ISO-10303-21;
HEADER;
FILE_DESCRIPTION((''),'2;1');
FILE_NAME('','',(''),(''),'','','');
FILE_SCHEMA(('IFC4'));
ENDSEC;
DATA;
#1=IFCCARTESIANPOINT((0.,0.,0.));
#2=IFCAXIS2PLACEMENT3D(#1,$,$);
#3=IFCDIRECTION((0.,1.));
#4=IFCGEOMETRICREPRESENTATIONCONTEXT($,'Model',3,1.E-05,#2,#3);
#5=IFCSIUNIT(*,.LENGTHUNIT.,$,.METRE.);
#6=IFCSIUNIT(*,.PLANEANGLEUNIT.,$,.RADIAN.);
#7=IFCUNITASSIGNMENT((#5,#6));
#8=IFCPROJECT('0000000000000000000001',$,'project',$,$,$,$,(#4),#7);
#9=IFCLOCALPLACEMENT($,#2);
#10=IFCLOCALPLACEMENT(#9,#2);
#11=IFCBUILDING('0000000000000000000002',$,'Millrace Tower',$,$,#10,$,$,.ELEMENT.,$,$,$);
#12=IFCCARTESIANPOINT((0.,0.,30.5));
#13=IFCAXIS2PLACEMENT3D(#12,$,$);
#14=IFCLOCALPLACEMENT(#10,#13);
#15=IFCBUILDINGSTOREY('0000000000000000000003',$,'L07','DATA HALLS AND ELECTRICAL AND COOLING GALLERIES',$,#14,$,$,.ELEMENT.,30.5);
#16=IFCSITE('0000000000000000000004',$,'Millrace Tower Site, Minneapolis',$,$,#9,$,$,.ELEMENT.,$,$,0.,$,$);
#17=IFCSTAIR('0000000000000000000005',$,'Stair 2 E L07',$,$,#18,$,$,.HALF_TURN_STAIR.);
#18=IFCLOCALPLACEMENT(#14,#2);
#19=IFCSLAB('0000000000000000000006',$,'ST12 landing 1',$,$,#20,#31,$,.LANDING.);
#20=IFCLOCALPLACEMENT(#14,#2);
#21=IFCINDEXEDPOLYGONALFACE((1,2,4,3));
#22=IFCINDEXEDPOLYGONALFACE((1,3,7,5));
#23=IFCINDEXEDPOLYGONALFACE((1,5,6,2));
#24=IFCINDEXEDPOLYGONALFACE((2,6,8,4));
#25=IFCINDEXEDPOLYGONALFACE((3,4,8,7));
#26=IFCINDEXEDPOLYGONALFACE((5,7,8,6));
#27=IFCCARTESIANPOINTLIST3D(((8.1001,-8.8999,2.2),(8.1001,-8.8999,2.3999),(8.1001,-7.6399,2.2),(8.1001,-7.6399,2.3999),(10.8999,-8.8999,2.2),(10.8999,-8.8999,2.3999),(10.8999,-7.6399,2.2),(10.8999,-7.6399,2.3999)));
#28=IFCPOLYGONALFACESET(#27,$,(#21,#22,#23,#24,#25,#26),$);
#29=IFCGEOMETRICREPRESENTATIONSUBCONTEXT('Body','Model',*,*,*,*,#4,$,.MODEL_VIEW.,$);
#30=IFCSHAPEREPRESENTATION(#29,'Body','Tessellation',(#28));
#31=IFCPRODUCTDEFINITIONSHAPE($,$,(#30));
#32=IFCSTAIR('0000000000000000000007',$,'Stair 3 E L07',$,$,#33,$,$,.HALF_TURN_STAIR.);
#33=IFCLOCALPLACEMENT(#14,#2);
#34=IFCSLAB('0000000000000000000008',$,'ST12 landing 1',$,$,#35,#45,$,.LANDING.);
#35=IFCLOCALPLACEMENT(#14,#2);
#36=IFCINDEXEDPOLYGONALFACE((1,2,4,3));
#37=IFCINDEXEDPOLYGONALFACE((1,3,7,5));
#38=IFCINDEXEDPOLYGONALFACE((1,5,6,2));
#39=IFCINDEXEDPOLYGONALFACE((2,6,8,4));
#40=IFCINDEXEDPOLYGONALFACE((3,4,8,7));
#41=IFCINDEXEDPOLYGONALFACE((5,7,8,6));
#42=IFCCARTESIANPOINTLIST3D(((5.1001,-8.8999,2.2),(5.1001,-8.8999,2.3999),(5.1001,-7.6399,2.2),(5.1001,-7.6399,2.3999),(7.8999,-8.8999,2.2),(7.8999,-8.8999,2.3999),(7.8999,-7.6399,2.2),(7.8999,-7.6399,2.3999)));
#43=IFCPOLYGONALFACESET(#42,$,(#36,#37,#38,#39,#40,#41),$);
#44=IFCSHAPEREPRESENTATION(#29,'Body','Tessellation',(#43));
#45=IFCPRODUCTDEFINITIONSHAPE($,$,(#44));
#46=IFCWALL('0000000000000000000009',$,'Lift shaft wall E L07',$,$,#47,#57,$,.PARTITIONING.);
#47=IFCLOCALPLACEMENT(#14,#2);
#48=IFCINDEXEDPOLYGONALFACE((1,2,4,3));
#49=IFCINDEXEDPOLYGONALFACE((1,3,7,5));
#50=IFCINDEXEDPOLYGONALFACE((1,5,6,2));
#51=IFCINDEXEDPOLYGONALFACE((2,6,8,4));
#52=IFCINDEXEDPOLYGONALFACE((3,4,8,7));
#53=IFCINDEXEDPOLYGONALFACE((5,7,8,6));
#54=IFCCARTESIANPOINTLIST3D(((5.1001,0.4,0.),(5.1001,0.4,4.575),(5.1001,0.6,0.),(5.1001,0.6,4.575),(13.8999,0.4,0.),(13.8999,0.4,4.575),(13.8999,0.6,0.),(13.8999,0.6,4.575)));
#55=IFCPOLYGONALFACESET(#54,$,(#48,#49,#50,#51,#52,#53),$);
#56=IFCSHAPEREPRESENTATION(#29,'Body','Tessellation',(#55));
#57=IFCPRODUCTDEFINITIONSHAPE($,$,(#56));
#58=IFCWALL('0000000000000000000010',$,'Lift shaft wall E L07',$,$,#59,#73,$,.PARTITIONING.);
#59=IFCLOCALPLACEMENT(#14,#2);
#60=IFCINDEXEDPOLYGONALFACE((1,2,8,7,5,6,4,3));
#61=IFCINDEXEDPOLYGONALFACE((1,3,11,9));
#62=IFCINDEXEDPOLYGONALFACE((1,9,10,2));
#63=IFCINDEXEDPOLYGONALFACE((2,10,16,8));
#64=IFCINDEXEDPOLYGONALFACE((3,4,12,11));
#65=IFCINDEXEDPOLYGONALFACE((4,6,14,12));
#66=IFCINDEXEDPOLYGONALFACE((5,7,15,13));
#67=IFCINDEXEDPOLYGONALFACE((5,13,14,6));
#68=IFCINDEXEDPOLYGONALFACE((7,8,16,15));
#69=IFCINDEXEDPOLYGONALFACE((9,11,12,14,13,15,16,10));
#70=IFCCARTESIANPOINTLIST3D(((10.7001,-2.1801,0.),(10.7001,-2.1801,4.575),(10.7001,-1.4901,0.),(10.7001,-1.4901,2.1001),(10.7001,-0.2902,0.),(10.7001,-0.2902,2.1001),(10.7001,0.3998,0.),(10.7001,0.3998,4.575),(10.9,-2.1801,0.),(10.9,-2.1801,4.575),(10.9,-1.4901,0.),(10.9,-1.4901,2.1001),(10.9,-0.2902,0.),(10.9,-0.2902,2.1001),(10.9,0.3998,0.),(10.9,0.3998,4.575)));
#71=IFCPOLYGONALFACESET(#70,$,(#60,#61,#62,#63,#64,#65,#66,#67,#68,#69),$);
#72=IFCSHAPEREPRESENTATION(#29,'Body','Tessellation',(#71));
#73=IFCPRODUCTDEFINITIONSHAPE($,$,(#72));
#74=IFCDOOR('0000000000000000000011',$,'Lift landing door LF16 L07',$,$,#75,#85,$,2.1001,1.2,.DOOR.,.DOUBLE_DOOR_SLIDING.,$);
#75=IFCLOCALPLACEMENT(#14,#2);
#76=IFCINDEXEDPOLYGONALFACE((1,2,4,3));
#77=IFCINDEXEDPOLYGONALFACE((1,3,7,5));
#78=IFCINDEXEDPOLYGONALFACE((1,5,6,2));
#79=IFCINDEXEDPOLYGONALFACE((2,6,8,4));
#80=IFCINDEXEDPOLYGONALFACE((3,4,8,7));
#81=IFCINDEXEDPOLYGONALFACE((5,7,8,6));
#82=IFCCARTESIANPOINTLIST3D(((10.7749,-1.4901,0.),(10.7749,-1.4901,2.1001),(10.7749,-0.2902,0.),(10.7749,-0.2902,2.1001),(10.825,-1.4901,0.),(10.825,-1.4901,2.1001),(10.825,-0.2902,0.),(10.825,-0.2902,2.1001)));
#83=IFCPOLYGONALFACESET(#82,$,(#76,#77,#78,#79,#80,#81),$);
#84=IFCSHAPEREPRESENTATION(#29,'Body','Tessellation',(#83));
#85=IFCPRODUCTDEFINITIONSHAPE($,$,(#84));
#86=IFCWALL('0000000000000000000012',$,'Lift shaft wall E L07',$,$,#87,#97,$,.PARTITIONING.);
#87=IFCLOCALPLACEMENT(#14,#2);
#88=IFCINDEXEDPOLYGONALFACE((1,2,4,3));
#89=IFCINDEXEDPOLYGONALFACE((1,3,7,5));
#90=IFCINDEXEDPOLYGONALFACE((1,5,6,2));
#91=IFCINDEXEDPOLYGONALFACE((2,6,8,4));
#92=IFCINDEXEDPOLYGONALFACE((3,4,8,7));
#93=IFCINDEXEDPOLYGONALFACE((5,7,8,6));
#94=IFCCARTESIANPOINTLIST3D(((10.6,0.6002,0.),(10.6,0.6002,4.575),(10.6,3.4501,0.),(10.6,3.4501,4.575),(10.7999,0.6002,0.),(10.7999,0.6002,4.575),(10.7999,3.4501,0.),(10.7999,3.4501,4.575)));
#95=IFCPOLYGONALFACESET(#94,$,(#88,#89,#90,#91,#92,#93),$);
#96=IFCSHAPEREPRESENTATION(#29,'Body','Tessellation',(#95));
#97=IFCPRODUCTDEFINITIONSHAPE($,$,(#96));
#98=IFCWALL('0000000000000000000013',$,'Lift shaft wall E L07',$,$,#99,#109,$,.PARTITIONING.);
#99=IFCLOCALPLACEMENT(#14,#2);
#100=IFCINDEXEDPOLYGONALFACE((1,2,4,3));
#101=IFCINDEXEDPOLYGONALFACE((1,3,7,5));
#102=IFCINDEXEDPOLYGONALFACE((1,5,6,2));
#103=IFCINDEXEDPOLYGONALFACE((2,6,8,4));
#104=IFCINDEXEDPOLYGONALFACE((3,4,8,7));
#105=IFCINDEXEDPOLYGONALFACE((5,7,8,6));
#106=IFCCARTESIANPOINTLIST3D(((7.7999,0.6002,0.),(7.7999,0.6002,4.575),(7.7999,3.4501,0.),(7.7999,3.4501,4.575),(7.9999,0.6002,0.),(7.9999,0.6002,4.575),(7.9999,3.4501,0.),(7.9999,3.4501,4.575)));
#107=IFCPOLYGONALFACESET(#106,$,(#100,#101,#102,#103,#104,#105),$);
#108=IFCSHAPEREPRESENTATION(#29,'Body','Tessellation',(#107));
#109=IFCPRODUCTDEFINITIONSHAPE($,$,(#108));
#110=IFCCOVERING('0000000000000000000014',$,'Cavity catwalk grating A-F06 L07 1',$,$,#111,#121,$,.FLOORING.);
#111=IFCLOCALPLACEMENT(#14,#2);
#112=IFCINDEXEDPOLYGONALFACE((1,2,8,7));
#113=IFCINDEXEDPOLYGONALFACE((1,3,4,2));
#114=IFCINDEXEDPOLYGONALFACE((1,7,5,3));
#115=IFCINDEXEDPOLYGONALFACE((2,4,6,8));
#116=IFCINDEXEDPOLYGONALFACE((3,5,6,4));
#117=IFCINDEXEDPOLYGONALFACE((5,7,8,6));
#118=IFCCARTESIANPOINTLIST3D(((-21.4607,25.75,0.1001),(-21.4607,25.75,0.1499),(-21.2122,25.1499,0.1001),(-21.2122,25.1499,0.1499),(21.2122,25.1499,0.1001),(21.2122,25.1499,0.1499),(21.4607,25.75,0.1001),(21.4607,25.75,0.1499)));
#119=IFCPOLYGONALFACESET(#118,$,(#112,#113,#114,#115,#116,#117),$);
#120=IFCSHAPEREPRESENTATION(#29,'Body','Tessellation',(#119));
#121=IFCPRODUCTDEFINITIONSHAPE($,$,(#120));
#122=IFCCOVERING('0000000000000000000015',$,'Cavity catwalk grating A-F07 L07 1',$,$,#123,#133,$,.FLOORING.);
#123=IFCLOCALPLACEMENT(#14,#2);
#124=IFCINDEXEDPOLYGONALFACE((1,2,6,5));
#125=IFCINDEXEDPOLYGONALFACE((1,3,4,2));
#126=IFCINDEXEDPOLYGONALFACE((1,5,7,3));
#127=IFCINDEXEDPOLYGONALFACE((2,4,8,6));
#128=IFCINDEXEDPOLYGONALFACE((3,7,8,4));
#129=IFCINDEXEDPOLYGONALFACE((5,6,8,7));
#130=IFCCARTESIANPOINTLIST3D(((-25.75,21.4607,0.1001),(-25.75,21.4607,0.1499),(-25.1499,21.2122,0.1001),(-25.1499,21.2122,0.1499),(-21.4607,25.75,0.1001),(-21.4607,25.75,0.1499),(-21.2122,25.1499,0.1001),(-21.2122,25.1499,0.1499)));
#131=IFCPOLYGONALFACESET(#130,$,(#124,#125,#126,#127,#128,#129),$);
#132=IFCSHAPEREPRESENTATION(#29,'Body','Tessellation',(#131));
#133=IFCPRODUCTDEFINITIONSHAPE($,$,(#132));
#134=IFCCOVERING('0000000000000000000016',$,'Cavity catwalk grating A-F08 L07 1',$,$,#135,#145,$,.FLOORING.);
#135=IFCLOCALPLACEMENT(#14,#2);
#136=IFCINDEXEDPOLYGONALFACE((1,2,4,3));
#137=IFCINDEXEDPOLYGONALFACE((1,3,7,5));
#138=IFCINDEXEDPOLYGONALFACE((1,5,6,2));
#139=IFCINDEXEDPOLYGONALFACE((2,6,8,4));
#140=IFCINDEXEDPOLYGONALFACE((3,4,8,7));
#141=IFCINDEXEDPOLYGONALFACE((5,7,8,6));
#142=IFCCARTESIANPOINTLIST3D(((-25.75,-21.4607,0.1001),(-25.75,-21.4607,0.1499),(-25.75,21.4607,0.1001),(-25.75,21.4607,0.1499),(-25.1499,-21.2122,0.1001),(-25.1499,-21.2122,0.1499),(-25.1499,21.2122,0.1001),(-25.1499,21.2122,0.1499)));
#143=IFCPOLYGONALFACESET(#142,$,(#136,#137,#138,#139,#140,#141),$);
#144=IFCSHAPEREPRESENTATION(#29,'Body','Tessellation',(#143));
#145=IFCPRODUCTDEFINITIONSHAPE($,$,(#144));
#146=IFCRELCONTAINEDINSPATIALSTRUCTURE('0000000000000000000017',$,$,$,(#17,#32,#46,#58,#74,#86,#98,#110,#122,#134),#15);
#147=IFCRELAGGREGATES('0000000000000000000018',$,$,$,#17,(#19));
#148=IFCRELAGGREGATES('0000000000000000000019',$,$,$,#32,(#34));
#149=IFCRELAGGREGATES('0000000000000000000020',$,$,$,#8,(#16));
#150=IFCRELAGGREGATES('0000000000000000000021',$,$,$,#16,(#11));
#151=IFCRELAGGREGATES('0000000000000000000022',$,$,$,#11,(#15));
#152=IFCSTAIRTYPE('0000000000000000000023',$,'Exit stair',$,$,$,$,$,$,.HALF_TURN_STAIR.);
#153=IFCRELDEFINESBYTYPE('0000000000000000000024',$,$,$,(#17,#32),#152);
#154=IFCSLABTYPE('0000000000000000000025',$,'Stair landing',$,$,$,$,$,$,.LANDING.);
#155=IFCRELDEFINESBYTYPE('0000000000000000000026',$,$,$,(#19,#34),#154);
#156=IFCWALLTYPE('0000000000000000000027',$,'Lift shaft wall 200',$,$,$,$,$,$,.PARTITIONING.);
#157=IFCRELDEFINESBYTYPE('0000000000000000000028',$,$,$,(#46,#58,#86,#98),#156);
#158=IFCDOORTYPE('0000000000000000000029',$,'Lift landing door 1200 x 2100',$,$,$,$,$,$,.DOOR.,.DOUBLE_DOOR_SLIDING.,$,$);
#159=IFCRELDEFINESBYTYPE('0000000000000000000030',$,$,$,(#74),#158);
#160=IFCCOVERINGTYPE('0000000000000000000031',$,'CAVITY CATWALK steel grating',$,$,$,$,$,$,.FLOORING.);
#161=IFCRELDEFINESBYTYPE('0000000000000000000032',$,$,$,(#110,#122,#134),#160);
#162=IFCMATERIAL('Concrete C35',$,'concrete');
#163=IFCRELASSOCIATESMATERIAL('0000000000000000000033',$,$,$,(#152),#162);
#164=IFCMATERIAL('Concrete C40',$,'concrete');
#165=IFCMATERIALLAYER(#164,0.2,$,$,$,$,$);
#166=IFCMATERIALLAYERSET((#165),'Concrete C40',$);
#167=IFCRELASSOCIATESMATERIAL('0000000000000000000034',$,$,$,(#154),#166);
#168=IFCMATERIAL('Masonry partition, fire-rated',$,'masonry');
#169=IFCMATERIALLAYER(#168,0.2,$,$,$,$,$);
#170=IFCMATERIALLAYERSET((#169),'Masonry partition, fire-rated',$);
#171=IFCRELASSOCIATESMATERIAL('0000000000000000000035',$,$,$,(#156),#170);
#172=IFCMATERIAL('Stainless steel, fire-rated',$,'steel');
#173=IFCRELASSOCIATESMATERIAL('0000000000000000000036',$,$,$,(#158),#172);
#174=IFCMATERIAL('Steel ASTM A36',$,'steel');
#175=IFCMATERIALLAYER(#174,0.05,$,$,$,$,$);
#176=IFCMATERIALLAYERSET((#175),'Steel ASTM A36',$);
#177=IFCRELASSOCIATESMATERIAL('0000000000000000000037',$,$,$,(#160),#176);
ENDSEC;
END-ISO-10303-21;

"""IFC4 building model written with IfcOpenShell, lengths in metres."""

from ifc_helpers import new_model, si_unit, direction, frame, frame_2d, origin, place, context, subcontext, project, spatial, polyline, rectangle, outline, extrude, material, layer, layer_set, type_object, element, fill, aggregate, save


model = new_model("IFC4")

# Units and contexts
model_context = context("Model", 3, precision=1e-05, world=origin(), true_north=direction((0.0, 1.0)))
body_context = subcontext(model_context, "Body", "Model", "MODEL_VIEW")
ifc_project = project(units=[si_unit("LENGTHUNIT", "METRE"), si_unit("PLANEANGLEUNIT", "RADIAN")], contexts=[model_context])

# Site, building, storey
site_placement = place(None, origin())
site = spatial("IfcSite", under=ifc_project, at=site_placement, Name="Millrace Tower Site, Minneapolis", CompositionType="ELEMENT", RefElevation=0.0)
building_placement = place(site_placement, origin())
building = spatial("IfcBuilding", under=site, at=building_placement, Name="Millrace Tower", CompositionType="ELEMENT")
storey_placement = place(building_placement, frame((0.0, 0.0, 30.5)))
storey = spatial("IfcBuildingStorey", under=building, at=storey_placement, Name="L07", Description="DATA HALLS AND ELECTRICAL AND COOLING GALLERIES", CompositionType="ELEMENT", Elevation=30.5)

# Shared definitions
placement_1 = place(storey_placement, origin())

# Stairs, slabs
ifc_material_1 = material(Name="Concrete C35", Category="concrete")
stair_type = type_object("IfcStairType", Name="Exit stair", PredefinedType="HALF_TURN_STAIR", material=ifc_material_1)
ifc_material_2 = material(Name="Concrete C40", Category="concrete")
ifc_layer_1 = layer(ifc_material_2, 0.2)
ifc_layer_set_1 = layer_set([ifc_layer_1], Name="Concrete C40")
slab_type = type_object("IfcSlabType", Name="Stair landing", PredefinedType="LANDING", material=ifc_layer_set_1)
placement_2 = place(storey_placement, frame((0.0, 0.0, 2.2)))
stair_1 = element("IfcStair", 1, at=placement_1, inside=storey, type_object=stair_type, Name="Stair 2 E L07", PredefinedType="HALF_TURN_STAIR")
slab_1 = element("IfcSlab", 2, at=placement_2, type_object=slab_type, Name="ST12 landing 1", PredefinedType="LANDING", context=body_context, shape_type="SweptSolid", body=[
    extrude(outline(polyline([(8.1001, -8.8999), (10.8999, -8.8999), (10.8999, -7.6399), (8.1001, -7.6399), (8.1001, -8.8999)])), origin(), (0.0, 0.0, 1.0), 0.2),
])
aggregate(stair_1, [slab_1])
stair_2 = element("IfcStair", 3, at=placement_1, inside=storey, type_object=stair_type, Name="Stair 3 E L07", PredefinedType="HALF_TURN_STAIR")
slab_2 = element("IfcSlab", 4, at=placement_2, type_object=slab_type, Name="ST12 landing 1", PredefinedType="LANDING", context=body_context, shape_type="SweptSolid", body=[
    extrude(outline(polyline([(5.1001, -8.8999), (7.8999, -8.8999), (7.8999, -7.6399), (5.1001, -7.6399), (5.1001, -8.8999)])), origin(), (0.0, 0.0, 1.0), 0.2),
])
aggregate(stair_2, [slab_2])

# Wall
ifc_material_3 = material(Name="Masonry partition, fire-rated", Category="masonry")
ifc_layer_2 = layer(ifc_material_3, 0.2)
ifc_layer_set_2 = layer_set([ifc_layer_2], Name="Masonry partition, fire-rated")
wall_type = type_object("IfcWallType", Name="Lift shaft wall 200", PredefinedType="PARTITIONING", material=ifc_layer_set_2)
wall_1_placement = place(storey_placement, frame((13.8999, 0.5, 0.0), z_axis=(0.0, 0.0, 1.0), x_axis=(-1.0, 0.0, 0.0)))
element("IfcWall", 5, at=wall_1_placement, inside=storey, type_object=wall_type, Name="Lift shaft wall E L07", PredefinedType="PARTITIONING", context=body_context, shape_type="SweptSolid", body=[
    extrude(rectangle(XDim=8.7998, YDim=0.2, at=frame_2d((4.3999, 0.0))), origin(), (0.0, 0.0, 1.0), 4.575),
])

# Wall, opening, door
wall_2_placement = place(storey_placement, frame((10.8, 0.3999, 0.0), z_axis=(0.0, 0.0, 1.0), x_axis=(0.0, -1.0, 0.0)))
wall_2 = element("IfcWall", 6, at=wall_2_placement, inside=storey, type_object=wall_type, Name="Lift shaft wall E L07", PredefinedType="PARTITIONING", context=body_context, shape_type="SweptSolid", body=[
    extrude(rectangle(XDim=2.5798, YDim=0.2, at=frame_2d((1.29, 0.0))), origin(), (0.0, 0.0, 1.0), 4.575),
])
opening_placement = place(wall_2_placement, frame((0.6899, 0.0, 0.0)))
opening = element("IfcOpeningElement", 7, at=opening_placement, cuts=wall_2, PredefinedType="OPENING", context=body_context, shape_type="SweptSolid", body=[
    extrude(rectangle(XDim=1.2, YDim=2.1001, at=frame_2d((0.6001, 1.05))), frame((0.0, 0.1099, 0.0), z_axis=(0.0, -1.0, 0.0), x_axis=(1.0, 0.0, 0.0)), (0.0, 0.0, 1.0), 0.22),
])
ifc_material_4 = material(Name="Stainless steel, fire-rated", Category="steel")
door_type = type_object("IfcDoorType", Name="Lift landing door 1200 x 2100", OperationType="DOUBLE_DOOR_SLIDING", PredefinedType="DOOR", material=ifc_material_4)
door_placement = place(opening_placement, origin())
door = element("IfcDoor", 8, at=door_placement, inside=storey, type_object=door_type, Name="Lift landing door LF16 L07", OperationType="DOUBLE_DOOR_SLIDING", OverallHeight=2.1001, OverallWidth=1.2, PredefinedType="DOOR", context=body_context, shape_type="SweptSolid", body=[
    extrude(rectangle(XDim=1.2, YDim=2.1001, at=frame_2d((0.6001, 1.05))), frame((0.0, 0.0249, 0.0), z_axis=(0.0, -1.0, 0.0), x_axis=(1.0, 0.0, 0.0)), (0.0, 0.0, 1.0), 0.05),
])
fill(opening, door)

# Walls
for number, where, z_axis, x_axis, name in (
    (9, (10.7, 3.45, 0.0), (0.0, 0.0, 1.0), (0.0, -1.0, 0.0), "Lift shaft wall E L07"),
    (10, (7.8999, 3.45, 0.0), (0.0, 0.0, 1.0), (0.0, -1.0, 0.0), "Lift shaft wall E L07"),
):
    element("IfcWall", number, at=place(storey_placement, frame(where, z_axis=z_axis, x_axis=x_axis)), inside=storey, type_object=wall_type, Name=name, PredefinedType="PARTITIONING", context=body_context, shape_type="SweptSolid", body=[
        extrude(rectangle(XDim=2.8499, YDim=0.2, at=frame_2d((1.4248, 0.0))), origin(), (0.0, 0.0, 1.0), 4.575),
    ])

# Coverings
ifc_material_5 = material(Name="Steel ASTM A36", Category="steel")
ifc_layer_3 = layer(ifc_material_5, 0.05)
ifc_layer_set_3 = layer_set([ifc_layer_3], Name="Steel ASTM A36")
covering_type = type_object("IfcCoveringType", Name="CAVITY CATWALK steel grating", PredefinedType="FLOORING", material=ifc_layer_set_3)
placement_3 = place(storey_placement, frame((0.0, 0.0, 0.1001)))
element("IfcCovering", 11, at=placement_3, inside=storey, type_object=covering_type, Name="Cavity catwalk grating A-F06 L07 1", PredefinedType="FLOORING", context=body_context, shape_type="SweptSolid", body=[
    extrude(outline(polyline([(21.4607, 25.75), (-21.4607, 25.75), (-21.2122, 25.1499), (21.2122, 25.1499), (21.4607, 25.75)])), origin(), (0.0, 0.0, 1.0), 0.0498),
])
element("IfcCovering", 12, at=placement_3, inside=storey, type_object=covering_type, Name="Cavity catwalk grating A-F07 L07 1", PredefinedType="FLOORING", context=body_context, shape_type="SweptSolid", body=[
    extrude(outline(polyline([(-21.4607, 25.75), (-25.75, 21.4607), (-25.1499, 21.2122), (-21.2122, 25.1499), (-21.4607, 25.75)])), origin(), (0.0, 0.0, 1.0), 0.0498),
])
element("IfcCovering", 13, at=placement_3, inside=storey, type_object=covering_type, Name="Cavity catwalk grating A-F08 L07 1", PredefinedType="FLOORING", context=body_context, shape_type="SweptSolid", body=[
    extrude(outline(polyline([(-25.75, 21.4607), (-25.75, -21.4607), (-25.1499, -21.2122), (-25.1499, 21.2122), (-25.75, 21.4607)])), origin(), (0.0, 0.0, 1.0), 0.0498),
])

save(model, "model.ifc")
